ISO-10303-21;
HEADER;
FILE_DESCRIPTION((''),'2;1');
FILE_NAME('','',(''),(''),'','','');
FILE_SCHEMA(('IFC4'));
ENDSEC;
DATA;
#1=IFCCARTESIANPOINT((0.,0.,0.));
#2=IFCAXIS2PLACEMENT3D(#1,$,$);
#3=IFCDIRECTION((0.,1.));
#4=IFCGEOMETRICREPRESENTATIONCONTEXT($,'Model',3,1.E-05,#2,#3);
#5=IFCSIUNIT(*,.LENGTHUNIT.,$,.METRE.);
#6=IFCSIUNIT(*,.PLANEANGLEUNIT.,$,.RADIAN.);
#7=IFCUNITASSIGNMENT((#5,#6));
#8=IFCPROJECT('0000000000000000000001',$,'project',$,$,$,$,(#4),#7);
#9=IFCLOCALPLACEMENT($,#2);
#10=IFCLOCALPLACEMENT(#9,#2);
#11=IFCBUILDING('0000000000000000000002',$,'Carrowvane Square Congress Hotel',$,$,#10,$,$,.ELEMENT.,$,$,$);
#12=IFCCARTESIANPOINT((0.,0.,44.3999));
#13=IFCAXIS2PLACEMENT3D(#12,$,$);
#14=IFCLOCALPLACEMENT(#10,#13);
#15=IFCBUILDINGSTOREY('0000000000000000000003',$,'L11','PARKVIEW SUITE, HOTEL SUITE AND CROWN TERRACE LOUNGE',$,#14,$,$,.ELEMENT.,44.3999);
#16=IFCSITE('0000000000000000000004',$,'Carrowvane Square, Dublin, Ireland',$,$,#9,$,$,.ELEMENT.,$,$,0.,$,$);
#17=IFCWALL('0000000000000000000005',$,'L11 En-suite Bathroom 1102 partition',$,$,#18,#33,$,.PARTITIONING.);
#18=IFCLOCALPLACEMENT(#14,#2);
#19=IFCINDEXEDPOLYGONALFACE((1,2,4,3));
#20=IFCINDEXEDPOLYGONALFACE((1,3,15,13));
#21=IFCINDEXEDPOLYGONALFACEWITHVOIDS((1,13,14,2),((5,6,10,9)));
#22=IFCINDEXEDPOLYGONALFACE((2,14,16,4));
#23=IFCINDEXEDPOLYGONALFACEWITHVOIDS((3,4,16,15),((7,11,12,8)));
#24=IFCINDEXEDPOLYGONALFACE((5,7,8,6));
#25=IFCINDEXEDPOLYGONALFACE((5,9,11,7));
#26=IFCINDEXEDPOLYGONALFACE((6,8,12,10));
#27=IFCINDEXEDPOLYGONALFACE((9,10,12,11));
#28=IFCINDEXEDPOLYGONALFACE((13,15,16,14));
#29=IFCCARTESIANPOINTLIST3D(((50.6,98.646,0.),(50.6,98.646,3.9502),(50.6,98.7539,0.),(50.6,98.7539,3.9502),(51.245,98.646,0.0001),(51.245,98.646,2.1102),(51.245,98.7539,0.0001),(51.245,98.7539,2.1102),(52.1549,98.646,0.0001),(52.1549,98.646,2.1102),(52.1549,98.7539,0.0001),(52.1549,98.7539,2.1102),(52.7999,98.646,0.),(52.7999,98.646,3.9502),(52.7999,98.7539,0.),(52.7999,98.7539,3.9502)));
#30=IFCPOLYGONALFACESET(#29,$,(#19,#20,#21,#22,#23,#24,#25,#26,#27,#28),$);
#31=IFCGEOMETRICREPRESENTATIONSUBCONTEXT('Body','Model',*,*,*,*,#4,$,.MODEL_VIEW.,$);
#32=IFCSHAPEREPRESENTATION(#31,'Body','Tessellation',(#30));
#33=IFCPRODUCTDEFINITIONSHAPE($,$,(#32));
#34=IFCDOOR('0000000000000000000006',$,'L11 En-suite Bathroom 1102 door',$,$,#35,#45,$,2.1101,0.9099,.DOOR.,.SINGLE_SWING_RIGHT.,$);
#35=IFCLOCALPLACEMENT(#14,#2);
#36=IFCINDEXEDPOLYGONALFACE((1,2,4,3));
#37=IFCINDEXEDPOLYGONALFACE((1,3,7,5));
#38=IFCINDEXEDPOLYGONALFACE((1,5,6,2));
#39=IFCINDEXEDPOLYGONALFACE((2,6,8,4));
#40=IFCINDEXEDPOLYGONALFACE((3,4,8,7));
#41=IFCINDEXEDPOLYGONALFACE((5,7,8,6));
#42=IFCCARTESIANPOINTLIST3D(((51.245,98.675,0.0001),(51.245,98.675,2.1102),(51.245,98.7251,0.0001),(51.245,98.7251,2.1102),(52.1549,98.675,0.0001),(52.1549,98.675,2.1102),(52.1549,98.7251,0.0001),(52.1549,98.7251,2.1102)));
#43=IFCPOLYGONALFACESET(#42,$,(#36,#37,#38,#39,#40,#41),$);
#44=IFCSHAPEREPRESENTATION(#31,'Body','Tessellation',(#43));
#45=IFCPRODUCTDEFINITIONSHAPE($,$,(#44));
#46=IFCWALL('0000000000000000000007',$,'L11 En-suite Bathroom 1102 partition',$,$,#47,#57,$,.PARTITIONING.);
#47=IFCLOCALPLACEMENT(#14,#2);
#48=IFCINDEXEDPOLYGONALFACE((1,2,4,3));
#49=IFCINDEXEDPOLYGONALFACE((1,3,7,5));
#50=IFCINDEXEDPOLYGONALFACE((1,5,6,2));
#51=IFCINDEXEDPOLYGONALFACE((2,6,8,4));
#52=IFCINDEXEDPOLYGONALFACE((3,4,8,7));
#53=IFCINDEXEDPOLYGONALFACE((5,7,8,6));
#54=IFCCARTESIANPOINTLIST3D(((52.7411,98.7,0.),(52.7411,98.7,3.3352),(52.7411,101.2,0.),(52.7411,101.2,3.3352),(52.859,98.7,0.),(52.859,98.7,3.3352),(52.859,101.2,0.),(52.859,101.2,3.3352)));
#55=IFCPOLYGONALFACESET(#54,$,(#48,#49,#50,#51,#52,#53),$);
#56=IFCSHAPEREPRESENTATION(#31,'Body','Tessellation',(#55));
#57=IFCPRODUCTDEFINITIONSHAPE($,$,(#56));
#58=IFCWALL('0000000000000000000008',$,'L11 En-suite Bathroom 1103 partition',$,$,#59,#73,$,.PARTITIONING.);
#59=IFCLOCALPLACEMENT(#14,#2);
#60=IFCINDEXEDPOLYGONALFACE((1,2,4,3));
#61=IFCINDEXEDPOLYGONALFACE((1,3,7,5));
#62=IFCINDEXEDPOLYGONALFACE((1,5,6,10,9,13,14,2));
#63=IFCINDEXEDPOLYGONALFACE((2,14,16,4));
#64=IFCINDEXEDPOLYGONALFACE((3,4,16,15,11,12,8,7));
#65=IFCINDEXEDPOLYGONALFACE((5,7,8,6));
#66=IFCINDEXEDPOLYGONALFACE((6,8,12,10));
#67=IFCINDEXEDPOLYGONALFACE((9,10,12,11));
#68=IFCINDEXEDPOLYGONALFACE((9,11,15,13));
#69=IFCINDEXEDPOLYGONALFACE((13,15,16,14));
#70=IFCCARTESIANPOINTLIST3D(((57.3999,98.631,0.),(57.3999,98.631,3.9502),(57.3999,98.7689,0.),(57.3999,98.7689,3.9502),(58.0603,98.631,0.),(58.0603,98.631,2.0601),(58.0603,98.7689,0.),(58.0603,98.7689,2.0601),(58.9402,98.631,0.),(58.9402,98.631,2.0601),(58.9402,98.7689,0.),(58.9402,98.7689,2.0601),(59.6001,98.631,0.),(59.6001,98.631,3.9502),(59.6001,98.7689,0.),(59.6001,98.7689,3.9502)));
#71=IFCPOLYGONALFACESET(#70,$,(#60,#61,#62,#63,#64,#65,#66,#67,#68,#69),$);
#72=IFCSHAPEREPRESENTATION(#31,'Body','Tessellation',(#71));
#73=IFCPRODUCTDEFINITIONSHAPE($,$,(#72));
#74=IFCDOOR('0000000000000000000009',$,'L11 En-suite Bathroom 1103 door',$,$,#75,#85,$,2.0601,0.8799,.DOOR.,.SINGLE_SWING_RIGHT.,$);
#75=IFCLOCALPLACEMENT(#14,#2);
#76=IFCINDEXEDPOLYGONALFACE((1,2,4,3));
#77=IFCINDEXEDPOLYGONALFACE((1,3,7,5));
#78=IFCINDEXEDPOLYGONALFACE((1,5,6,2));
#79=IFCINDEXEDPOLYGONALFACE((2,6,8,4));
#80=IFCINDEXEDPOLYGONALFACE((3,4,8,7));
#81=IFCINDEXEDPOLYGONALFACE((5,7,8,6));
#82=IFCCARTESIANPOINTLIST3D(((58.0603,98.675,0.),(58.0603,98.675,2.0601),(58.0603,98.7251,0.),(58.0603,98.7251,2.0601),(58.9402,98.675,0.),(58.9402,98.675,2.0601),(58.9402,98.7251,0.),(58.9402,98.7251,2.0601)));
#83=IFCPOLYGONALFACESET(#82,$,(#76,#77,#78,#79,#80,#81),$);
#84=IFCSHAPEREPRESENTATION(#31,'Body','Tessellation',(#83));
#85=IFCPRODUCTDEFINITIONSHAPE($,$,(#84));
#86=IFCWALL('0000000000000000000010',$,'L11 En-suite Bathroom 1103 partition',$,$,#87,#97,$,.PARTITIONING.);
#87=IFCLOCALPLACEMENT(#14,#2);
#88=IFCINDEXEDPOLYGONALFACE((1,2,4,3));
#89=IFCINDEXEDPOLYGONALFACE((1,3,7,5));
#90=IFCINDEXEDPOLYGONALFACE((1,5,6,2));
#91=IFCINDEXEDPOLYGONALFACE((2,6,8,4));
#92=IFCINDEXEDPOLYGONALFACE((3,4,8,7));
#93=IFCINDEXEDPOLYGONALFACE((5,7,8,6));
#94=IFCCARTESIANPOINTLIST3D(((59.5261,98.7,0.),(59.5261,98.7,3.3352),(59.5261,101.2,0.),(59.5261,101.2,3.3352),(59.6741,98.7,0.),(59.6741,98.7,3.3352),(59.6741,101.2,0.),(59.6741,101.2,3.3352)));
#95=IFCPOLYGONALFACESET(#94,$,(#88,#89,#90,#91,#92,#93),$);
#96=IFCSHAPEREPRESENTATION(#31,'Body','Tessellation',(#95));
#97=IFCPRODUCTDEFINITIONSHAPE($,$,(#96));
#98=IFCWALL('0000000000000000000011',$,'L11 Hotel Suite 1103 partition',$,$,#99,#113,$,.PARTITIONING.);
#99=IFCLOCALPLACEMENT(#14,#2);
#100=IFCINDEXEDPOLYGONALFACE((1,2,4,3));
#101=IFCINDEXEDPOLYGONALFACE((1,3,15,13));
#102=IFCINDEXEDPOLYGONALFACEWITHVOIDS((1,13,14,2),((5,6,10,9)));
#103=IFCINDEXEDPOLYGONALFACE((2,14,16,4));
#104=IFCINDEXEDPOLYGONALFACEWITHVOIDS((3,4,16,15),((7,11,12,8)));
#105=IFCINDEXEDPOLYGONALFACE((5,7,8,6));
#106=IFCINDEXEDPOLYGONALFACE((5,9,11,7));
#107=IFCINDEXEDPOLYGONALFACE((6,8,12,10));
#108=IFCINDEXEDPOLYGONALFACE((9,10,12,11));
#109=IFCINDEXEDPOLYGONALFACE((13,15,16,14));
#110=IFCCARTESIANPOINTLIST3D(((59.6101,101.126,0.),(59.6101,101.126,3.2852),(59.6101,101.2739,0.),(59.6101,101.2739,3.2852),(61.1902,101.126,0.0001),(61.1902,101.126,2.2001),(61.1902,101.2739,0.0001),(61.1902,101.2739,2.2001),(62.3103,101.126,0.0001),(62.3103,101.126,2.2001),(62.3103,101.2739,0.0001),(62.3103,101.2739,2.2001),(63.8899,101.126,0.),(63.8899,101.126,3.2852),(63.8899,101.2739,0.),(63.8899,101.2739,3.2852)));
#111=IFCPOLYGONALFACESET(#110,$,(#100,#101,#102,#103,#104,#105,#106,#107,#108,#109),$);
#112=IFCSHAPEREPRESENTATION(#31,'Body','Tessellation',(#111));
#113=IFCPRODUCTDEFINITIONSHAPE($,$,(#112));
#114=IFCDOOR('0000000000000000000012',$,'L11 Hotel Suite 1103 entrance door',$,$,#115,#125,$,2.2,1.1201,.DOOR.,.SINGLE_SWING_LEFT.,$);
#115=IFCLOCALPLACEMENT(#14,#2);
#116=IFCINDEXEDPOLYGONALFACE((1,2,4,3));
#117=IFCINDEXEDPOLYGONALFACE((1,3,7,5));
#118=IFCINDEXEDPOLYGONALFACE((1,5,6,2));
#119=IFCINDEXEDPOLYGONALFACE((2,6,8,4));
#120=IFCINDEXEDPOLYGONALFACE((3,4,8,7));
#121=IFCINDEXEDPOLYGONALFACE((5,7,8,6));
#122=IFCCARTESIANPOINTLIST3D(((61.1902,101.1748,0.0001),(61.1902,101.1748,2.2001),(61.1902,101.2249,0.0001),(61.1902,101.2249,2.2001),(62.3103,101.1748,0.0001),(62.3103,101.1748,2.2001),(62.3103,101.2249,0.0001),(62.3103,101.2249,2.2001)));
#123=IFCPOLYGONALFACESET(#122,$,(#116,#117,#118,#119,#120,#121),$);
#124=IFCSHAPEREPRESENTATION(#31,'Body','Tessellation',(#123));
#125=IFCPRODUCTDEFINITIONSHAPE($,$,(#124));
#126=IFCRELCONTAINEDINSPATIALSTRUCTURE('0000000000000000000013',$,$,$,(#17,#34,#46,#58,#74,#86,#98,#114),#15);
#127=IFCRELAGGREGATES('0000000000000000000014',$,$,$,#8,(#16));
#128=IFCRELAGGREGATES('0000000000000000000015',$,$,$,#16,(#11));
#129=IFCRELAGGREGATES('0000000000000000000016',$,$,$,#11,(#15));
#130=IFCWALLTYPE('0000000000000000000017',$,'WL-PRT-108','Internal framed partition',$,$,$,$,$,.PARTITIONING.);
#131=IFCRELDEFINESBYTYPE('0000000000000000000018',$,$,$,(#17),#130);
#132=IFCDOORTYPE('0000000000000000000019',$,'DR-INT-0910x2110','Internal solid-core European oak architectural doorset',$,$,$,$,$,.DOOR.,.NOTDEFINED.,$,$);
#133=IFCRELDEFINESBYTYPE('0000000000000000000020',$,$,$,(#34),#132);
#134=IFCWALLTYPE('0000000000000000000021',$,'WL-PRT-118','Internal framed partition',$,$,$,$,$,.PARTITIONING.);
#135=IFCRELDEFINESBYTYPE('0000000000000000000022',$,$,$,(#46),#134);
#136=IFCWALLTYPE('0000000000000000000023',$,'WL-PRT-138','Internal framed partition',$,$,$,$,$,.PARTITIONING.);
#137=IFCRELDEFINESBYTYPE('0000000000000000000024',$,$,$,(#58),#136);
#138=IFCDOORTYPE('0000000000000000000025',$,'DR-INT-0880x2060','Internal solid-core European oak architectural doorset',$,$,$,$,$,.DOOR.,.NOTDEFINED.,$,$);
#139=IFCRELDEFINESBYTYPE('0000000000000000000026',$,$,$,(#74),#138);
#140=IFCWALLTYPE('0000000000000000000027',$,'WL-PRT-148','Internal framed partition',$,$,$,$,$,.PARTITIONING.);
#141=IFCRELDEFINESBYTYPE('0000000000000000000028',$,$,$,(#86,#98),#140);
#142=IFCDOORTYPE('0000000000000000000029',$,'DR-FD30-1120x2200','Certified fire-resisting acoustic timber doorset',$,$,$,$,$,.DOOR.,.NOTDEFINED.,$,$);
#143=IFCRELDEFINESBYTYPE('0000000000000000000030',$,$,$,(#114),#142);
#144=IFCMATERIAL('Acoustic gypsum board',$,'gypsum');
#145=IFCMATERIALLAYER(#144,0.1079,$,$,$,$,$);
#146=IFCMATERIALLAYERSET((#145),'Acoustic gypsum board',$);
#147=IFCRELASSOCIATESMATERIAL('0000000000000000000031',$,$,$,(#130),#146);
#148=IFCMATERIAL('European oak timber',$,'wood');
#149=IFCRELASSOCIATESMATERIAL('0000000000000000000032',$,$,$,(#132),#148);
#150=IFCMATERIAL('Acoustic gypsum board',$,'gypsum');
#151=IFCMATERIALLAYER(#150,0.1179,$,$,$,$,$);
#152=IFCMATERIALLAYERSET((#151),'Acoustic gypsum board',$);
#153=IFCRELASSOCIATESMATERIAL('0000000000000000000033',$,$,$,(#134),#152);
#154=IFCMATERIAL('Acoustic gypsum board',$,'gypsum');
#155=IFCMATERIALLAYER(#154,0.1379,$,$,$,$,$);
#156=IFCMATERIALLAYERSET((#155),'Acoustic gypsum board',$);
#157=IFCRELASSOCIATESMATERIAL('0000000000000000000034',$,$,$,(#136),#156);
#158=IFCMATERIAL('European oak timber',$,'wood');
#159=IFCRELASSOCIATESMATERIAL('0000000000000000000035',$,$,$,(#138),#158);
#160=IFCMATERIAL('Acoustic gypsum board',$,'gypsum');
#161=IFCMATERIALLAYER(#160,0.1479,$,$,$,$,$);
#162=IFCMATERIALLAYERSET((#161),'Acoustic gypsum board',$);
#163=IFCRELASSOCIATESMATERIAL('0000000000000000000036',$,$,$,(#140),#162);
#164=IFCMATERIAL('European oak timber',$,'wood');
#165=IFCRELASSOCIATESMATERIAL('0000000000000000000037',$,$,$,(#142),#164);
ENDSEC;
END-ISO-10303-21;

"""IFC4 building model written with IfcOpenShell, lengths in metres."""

from ifc_helpers import new_model, si_unit, direction, frame, frame_2d, origin, place, context, subcontext, project, spatial, rectangle, extrude, material, layer, layer_set, type_object, element, fill, save


model = new_model("IFC4")

# Units and contexts
model_context = context("Model", 3, precision=1e-05, world=origin(), true_north=direction((0.0, 1.0)))
body_context = subcontext(model_context, "Body", "Model", "MODEL_VIEW")
ifc_project = project(units=[si_unit("LENGTHUNIT", "METRE"), si_unit("PLANEANGLEUNIT", "RADIAN")], contexts=[model_context])

# Site, building, storey
site_placement = place(None, origin())
site = spatial("IfcSite", under=ifc_project, at=site_placement, Name="Carrowvane Square, Dublin, Ireland", CompositionType="ELEMENT", RefElevation=0.0)
building_placement = place(site_placement, origin())
building = spatial("IfcBuilding", under=site, at=building_placement, Name="Carrowvane Square Congress Hotel", CompositionType="ELEMENT")
storey_placement = place(building_placement, frame((0.0, 0.0, 44.3999)))
storey = spatial("IfcBuildingStorey", under=building, at=storey_placement, Name="L11", Description="PARKVIEW SUITE, HOTEL SUITE AND CROWN TERRACE LOUNGE", CompositionType="ELEMENT", Elevation=44.3999)

# Wall, opening, door
ifc_material_1 = material(Name="Acoustic gypsum board", Category="gypsum")
ifc_layer_1 = layer(ifc_material_1, 0.1079)
ifc_layer_set_1 = layer_set([ifc_layer_1], Name="Acoustic gypsum board")
wall_type_1 = type_object("IfcWallType", Name="WL-PRT-108", Description="Internal framed partition", PredefinedType="PARTITIONING", material=ifc_layer_set_1)
wall_1_placement = place(storey_placement, frame((52.8, 98.7, 0.0), z_axis=(0.0, 0.0, 1.0), x_axis=(-1.0, 0.0, 0.0)))
wall_1 = element("IfcWall", 1, at=wall_1_placement, inside=storey, type_object=wall_type_1, Name="L11 En-suite Bathroom 1102 partition", PredefinedType="PARTITIONING", context=body_context, shape_type="SweptSolid", body=[
    extrude(rectangle(XDim=2.2, YDim=0.1079, at=frame_2d((1.1001, 0.0))), origin(), (0.0, 0.0, 1.0), 3.9502),
])
opening_1_placement = place(wall_1_placement, frame((0.645, 0.0, 0.0)))
opening_1 = element("IfcOpeningElement", 2, at=opening_1_placement, cuts=wall_1, PredefinedType="OPENING", context=body_context, shape_type="SweptSolid", body=[
    extrude(rectangle(XDim=0.9099, YDim=2.1101, at=frame_2d((0.4551, 1.0552))), frame((0.0, 0.064, 0.0), z_axis=(0.0, -1.0, 0.0), x_axis=(1.0, 0.0, 0.0)), (0.0, 0.0, 1.0), 0.1279),
])
ifc_material_2 = material(Name="European oak timber", Category="wood")
door_type_1 = type_object("IfcDoorType", Name="DR-INT-0910x2110", Description="Internal solid-core European oak architectural doorset", OperationType="NOTDEFINED", PredefinedType="DOOR", material=ifc_material_2)
door_1_placement = place(opening_1_placement, origin())
door_1 = element("IfcDoor", 3, at=door_1_placement, inside=storey, type_object=door_type_1, Name="L11 En-suite Bathroom 1102 door", OperationType="SINGLE_SWING_RIGHT", OverallHeight=2.1101, OverallWidth=0.9099, PredefinedType="DOOR", context=body_context, shape_type="SweptSolid", body=[
    extrude(rectangle(XDim=0.9099, YDim=2.1101, at=frame_2d((0.4551, 1.0552))), frame((0.0, 0.0249, 0.0), z_axis=(0.0, -1.0, 0.0), x_axis=(1.0, 0.0, 0.0)), (0.0, 0.0, 1.0), 0.05),
])
fill(opening_1, door_1)

# Wall
ifc_material_3 = material(Name="Acoustic gypsum board", Category="gypsum")
ifc_layer_2 = layer(ifc_material_3, 0.1179)
ifc_layer_set_2 = layer_set([ifc_layer_2], Name="Acoustic gypsum board")
wall_type_2 = type_object("IfcWallType", Name="WL-PRT-118", Description="Internal framed partition", PredefinedType="PARTITIONING", material=ifc_layer_set_2)
wall_2_placement = place(storey_placement, frame((52.8, 101.2, 0.0), z_axis=(0.0, 0.0, 1.0), x_axis=(0.0, -1.0, 0.0)))
element("IfcWall", 4, at=wall_2_placement, inside=storey, type_object=wall_type_2, Name="L11 En-suite Bathroom 1102 partition", PredefinedType="PARTITIONING", context=body_context, shape_type="SweptSolid", body=[
    extrude(rectangle(XDim=2.5, YDim=0.1179, at=frame_2d((1.25, 0.0))), origin(), (0.0, 0.0, 1.0), 3.3352),
])

# Wall, opening, door
ifc_material_4 = material(Name="Acoustic gypsum board", Category="gypsum")
ifc_layer_3 = layer(ifc_material_4, 0.1379)
ifc_layer_set_3 = layer_set([ifc_layer_3], Name="Acoustic gypsum board")
wall_type_3 = type_object("IfcWallType", Name="WL-PRT-138", Description="Internal framed partition", PredefinedType="PARTITIONING", material=ifc_layer_set_3)
wall_3_placement = place(storey_placement, frame((59.6001, 98.7, 0.0), z_axis=(0.0, 0.0, 1.0), x_axis=(-1.0, 0.0, 0.0)))
wall_3 = element("IfcWall", 5, at=wall_3_placement, inside=storey, type_object=wall_type_3, Name="L11 En-suite Bathroom 1103 partition", PredefinedType="PARTITIONING", context=body_context, shape_type="SweptSolid", body=[
    extrude(rectangle(XDim=2.2002, YDim=0.1379, at=frame_2d((1.1001, 0.0))), origin(), (0.0, 0.0, 1.0), 3.9502),
])
opening_2_placement = place(wall_3_placement, frame((0.6599, 0.0, 0.0)))
opening_2 = element("IfcOpeningElement", 6, at=opening_2_placement, cuts=wall_3, PredefinedType="OPENING", context=body_context, shape_type="SweptSolid", body=[
    extrude(rectangle(XDim=0.8799, YDim=2.0601, at=frame_2d((0.4399, 1.03))), frame((0.0, 0.0789, 0.0), z_axis=(0.0, -1.0, 0.0), x_axis=(1.0, 0.0, 0.0)), (0.0, 0.0, 1.0), 0.158),
])
ifc_material_5 = material(Name="European oak timber", Category="wood")
door_type_2 = type_object("IfcDoorType", Name="DR-INT-0880x2060", Description="Internal solid-core European oak architectural doorset", OperationType="NOTDEFINED", PredefinedType="DOOR", material=ifc_material_5)
door_2_placement = place(opening_2_placement, origin())
door_2 = element("IfcDoor", 7, at=door_2_placement, inside=storey, type_object=door_type_2, Name="L11 En-suite Bathroom 1103 door", OperationType="SINGLE_SWING_RIGHT", OverallHeight=2.0601, OverallWidth=0.8799, PredefinedType="DOOR", context=body_context, shape_type="SweptSolid", body=[
    extrude(rectangle(XDim=0.8799, YDim=2.0601, at=frame_2d((0.4399, 1.03))), frame((0.0, 0.0249, 0.0), z_axis=(0.0, -1.0, 0.0), x_axis=(1.0, 0.0, 0.0)), (0.0, 0.0, 1.0), 0.05),
])
fill(opening_2, door_2)
ifc_material_6 = material(Name="Acoustic gypsum board", Category="gypsum")
ifc_layer_4 = layer(ifc_material_6, 0.1479)
ifc_layer_set_4 = layer_set([ifc_layer_4], Name="Acoustic gypsum board")
wall_type_4 = type_object("IfcWallType", Name="WL-PRT-148", Description="Internal framed partition", PredefinedType="PARTITIONING", material=ifc_layer_set_4)

# Wall
wall_4_placement = place(storey_placement, frame((59.6001, 101.2, 0.0), z_axis=(0.0, 0.0, 1.0), x_axis=(0.0, -1.0, 0.0)))
element("IfcWall", 8, at=wall_4_placement, inside=storey, type_object=wall_type_4, Name="L11 En-suite Bathroom 1103 partition", PredefinedType="PARTITIONING", context=body_context, shape_type="SweptSolid", body=[
    extrude(rectangle(XDim=2.5, YDim=0.1479, at=frame_2d((1.25, 0.0))), origin(), (0.0, 0.0, 1.0), 3.3352),
])

# Wall, opening, door
wall_5_placement = place(storey_placement, frame((59.6101, 101.2, 0.0), z_axis=(0.0, 0.0, 1.0), x_axis=(1.0, 0.0, 0.0)))
wall_5 = element("IfcWall", 9, at=wall_5_placement, inside=storey, type_object=wall_type_4, Name="L11 Hotel Suite 1103 partition", PredefinedType="PARTITIONING", context=body_context, shape_type="SweptSolid", body=[
    extrude(rectangle(XDim=4.2798, YDim=0.1479, at=frame_2d((2.1399, 0.0))), origin(), (0.0, 0.0, 1.0), 3.2852),
])
opening_3_placement = place(wall_5_placement, frame((1.5801, 0.0, 0.0)))
opening_3 = element("IfcOpeningElement", 10, at=opening_3_placement, cuts=wall_5, PredefinedType="OPENING", context=body_context, shape_type="SweptSolid", body=[
    extrude(rectangle(XDim=1.1201, YDim=2.2, at=frame_2d((0.5601, 1.1001))), frame((0.0, 0.084, 0.0), z_axis=(0.0, -1.0, 0.0), x_axis=(1.0, 0.0, 0.0)), (0.0, 0.0, 1.0), 0.168),
])
ifc_material_7 = material(Name="European oak timber", Category="wood")
door_type_3 = type_object("IfcDoorType", Name="DR-FD30-1120x2200", Description="Certified fire-resisting acoustic timber doorset", OperationType="NOTDEFINED", PredefinedType="DOOR", material=ifc_material_7)
door_3_placement = place(opening_3_placement, origin())
door_3 = element("IfcDoor", 11, at=door_3_placement, inside=storey, type_object=door_type_3, Name="L11 Hotel Suite 1103 entrance door", OperationType="SINGLE_SWING_LEFT", OverallHeight=2.2, OverallWidth=1.1201, PredefinedType="DOOR", context=body_context, shape_type="SweptSolid", body=[
    extrude(rectangle(XDim=1.1201, YDim=2.2, at=frame_2d((0.5601, 1.1001))), frame((0.0, 0.0249, 0.0), z_axis=(0.0, -1.0, 0.0), x_axis=(1.0, 0.0, 0.0)), (0.0, 0.0, 1.0), 0.05),
])
fill(opening_3, door_3)

save(model, "model.ifc")
